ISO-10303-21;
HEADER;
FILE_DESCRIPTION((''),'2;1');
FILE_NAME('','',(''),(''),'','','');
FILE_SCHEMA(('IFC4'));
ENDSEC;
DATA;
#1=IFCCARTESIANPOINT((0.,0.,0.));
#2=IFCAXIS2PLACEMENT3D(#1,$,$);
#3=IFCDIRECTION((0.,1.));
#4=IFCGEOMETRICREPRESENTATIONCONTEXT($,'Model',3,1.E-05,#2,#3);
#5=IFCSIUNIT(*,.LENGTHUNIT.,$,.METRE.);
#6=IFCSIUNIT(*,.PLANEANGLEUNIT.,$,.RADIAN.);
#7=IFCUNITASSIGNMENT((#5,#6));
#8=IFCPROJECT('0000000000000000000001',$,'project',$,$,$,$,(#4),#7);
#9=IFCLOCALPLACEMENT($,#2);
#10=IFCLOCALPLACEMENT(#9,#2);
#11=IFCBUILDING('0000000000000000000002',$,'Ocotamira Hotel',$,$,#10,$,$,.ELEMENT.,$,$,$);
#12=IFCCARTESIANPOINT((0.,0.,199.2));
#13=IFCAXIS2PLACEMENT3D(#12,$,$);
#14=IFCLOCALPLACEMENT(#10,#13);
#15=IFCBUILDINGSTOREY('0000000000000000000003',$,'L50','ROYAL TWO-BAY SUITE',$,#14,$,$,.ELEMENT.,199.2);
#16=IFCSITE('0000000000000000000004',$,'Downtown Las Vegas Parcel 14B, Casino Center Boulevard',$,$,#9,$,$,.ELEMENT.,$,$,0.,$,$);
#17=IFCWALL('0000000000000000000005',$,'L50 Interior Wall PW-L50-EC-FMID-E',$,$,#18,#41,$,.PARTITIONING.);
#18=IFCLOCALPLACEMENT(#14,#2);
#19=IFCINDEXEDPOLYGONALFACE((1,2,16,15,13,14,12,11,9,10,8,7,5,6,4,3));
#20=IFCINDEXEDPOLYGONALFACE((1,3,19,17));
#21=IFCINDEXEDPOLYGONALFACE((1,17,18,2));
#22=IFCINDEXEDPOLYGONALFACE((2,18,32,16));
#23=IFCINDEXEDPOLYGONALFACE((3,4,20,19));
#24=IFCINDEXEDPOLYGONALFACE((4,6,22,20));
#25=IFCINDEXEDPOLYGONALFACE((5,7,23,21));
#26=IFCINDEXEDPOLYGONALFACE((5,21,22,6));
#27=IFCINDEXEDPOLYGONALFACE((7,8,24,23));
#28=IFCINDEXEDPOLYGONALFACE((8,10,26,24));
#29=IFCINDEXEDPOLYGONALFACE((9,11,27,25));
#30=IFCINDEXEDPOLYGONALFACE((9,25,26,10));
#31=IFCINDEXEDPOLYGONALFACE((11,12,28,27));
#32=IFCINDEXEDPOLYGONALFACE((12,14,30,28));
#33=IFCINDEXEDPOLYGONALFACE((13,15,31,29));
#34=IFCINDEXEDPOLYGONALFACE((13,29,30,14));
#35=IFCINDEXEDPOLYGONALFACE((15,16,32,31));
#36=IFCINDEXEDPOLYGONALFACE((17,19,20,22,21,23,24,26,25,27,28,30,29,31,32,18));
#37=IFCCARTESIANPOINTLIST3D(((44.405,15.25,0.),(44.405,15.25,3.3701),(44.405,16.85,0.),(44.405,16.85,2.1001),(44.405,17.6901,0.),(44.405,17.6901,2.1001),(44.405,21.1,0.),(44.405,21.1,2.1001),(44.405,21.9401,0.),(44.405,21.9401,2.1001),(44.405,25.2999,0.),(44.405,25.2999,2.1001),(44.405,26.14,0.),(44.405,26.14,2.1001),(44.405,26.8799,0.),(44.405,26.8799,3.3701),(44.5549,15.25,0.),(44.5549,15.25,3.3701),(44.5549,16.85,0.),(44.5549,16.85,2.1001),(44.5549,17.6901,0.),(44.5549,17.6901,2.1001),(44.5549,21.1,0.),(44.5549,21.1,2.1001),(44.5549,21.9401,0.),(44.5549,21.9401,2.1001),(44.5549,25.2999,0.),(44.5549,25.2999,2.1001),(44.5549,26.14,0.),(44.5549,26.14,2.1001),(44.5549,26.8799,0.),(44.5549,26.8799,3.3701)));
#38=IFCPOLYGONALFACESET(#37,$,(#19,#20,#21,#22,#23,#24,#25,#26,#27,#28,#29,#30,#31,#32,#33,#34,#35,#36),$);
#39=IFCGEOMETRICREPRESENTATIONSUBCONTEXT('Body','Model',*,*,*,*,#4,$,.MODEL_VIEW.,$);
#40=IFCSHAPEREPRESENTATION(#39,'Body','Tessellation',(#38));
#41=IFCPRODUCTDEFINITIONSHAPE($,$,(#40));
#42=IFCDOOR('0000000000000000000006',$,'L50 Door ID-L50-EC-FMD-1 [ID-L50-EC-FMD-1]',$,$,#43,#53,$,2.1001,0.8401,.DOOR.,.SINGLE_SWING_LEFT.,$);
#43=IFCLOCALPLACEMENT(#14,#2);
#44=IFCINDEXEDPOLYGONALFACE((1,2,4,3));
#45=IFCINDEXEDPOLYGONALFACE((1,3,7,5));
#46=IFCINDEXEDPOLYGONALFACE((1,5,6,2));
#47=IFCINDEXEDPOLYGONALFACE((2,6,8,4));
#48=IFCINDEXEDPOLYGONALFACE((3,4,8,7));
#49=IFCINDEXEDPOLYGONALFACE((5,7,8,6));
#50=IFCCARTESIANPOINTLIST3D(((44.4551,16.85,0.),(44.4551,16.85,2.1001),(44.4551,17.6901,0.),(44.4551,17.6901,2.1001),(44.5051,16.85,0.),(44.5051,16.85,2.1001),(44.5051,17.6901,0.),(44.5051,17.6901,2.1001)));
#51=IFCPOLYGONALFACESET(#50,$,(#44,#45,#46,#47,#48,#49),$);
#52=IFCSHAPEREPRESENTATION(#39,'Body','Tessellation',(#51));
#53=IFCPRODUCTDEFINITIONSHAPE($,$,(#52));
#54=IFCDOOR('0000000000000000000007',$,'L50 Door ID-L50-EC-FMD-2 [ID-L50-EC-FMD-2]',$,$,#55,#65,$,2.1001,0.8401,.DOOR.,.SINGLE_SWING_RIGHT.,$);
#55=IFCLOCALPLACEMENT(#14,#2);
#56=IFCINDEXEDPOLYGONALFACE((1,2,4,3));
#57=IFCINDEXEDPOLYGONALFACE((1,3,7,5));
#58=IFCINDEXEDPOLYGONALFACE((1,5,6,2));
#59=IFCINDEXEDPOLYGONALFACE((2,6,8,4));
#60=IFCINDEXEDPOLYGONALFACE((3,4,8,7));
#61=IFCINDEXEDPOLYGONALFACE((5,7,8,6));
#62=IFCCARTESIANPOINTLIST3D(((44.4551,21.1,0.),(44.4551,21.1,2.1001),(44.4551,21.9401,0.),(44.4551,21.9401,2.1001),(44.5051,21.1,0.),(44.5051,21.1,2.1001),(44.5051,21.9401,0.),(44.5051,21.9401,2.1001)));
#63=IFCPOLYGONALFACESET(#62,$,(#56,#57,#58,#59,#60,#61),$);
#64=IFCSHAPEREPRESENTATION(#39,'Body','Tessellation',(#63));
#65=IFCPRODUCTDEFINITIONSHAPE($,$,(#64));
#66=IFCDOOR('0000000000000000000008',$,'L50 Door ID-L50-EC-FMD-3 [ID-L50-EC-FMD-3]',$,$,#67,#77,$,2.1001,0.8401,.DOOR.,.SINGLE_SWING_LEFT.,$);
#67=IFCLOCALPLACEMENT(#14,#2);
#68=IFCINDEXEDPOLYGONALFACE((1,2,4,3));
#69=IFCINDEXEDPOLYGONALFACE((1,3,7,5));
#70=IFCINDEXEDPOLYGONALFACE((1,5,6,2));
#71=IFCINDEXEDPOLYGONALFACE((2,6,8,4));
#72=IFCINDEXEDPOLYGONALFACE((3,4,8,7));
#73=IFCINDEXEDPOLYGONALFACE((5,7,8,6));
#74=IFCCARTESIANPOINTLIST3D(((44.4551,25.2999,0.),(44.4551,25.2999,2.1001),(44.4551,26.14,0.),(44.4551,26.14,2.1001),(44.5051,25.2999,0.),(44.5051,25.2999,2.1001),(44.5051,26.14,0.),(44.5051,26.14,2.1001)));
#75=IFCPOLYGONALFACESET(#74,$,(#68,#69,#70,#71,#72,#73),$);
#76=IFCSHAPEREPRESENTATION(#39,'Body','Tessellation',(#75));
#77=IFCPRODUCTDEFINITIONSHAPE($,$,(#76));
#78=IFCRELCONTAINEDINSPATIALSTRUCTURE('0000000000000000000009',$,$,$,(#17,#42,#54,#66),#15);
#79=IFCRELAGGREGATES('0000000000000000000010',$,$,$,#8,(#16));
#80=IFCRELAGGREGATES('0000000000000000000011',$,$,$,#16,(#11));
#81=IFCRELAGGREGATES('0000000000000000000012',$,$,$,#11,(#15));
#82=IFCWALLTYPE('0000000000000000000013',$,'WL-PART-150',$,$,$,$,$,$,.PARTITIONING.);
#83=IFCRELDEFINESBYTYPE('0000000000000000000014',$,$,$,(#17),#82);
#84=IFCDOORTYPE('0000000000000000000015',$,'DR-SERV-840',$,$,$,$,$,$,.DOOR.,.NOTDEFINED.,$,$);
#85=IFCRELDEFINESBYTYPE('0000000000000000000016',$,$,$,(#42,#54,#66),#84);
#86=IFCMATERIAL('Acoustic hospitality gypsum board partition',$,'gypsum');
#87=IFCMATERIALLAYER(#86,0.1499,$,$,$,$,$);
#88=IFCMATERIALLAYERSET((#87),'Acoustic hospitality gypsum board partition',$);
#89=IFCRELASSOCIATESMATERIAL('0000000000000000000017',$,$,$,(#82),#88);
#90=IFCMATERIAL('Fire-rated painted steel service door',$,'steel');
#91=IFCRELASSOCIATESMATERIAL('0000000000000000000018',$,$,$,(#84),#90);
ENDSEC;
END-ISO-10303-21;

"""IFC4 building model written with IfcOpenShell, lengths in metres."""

from ifc_helpers import new_model, si_unit, direction, frame, frame_2d, origin, place, context, subcontext, project, spatial, rectangle, extrude, source, transform, mapped, material, layer, layer_set, type_object, element, fill, save


model = new_model("IFC4")

# Units and contexts
model_context = context("Model", 3, precision=1e-05, world=origin(), true_north=direction((0.0, 1.0)))
body_context = subcontext(model_context, "Body", "Model", "MODEL_VIEW")
ifc_project = project(units=[si_unit("LENGTHUNIT", "METRE"), si_unit("PLANEANGLEUNIT", "RADIAN")], contexts=[model_context])

# Site, building, storey
site_placement = place(None, origin())
site = spatial("IfcSite", under=ifc_project, at=site_placement, Name="Downtown Las Vegas Parcel 14B, Casino Center Boulevard", CompositionType="ELEMENT", RefElevation=0.0)
building_placement = place(site_placement, origin())
building = spatial("IfcBuilding", under=site, at=building_placement, Name="Ocotamira Hotel", CompositionType="ELEMENT")
storey_placement = place(building_placement, frame((0.0, 0.0, 199.2)))
storey = spatial("IfcBuildingStorey", under=building, at=storey_placement, Name="L50", Description="ROYAL TWO-BAY SUITE", CompositionType="ELEMENT", Elevation=199.2)

# Shared definitions
ifc_material_1 = material(Name="Acoustic hospitality gypsum board partition", Category="gypsum")
ifc_layer_1 = layer(ifc_material_1, 0.1499)
ifc_layer_set_1 = layer_set([ifc_layer_1], Name="Acoustic hospitality gypsum board partition")
wall_type_1 = type_object("IfcWallType", Name="WL-PART-150", PredefinedType="PARTITIONING", material=ifc_layer_set_1)

# Wall, openings, doors
wall_1_placement = place(storey_placement, frame((44.48, 15.25, 0.0), z_axis=(0.0, 0.0, 1.0), x_axis=(0.0, 1.0, 0.0)))
wall_1 = element("IfcWall", 1, at=wall_1_placement, inside=storey, type_object=wall_type_1, Name="L50 Interior Wall PW-L50-EC-FMID-E", PredefinedType="PARTITIONING", context=body_context, shape_type="SweptSolid", body=[
    extrude(rectangle(XDim=11.6299, YDim=0.1499, at=frame_2d((5.8149, 0.0))), origin(), (0.0, 0.0, 1.0), 3.3701),
])
opening_1_placement = place(wall_1_placement, frame((1.6001, 0.0, 0.0)))
opening_1 = element("IfcOpeningElement", 2, at=opening_1_placement, cuts=wall_1, PredefinedType="OPENING", context=body_context, shape_type="SweptSolid", body=[
    extrude(rectangle(XDim=0.8401, YDim=2.1001, at=frame_2d((0.4199, 1.05))), frame((0.0, 0.085, 0.0), z_axis=(0.0, -1.0, 0.0), x_axis=(1.0, 0.0, 0.0)), (0.0, 0.0, 1.0), 0.1699),
])
opening_2_placement = place(wall_1_placement, frame((5.8501, 0.0, 0.0)))
opening_2 = element("IfcOpeningElement", 3, at=opening_2_placement, cuts=wall_1, PredefinedType="OPENING", context=body_context, shape_type="SweptSolid", body=[
    extrude(rectangle(XDim=0.8401, YDim=2.1001, at=frame_2d((0.4199, 1.05))), frame((0.0, 0.085, 0.0), z_axis=(0.0, -1.0, 0.0), x_axis=(1.0, 0.0, 0.0)), (0.0, 0.0, 1.0), 0.1699),
])
opening_3_placement = place(wall_1_placement, frame((10.05, 0.0, 0.0)))
opening_3 = element("IfcOpeningElement", 4, at=opening_3_placement, cuts=wall_1, PredefinedType="OPENING", context=body_context, shape_type="SweptSolid", body=[
    extrude(rectangle(XDim=0.8401, YDim=2.1001, at=frame_2d((0.4199, 1.05))), frame((0.0, 0.085, 0.0), z_axis=(0.0, -1.0, 0.0), x_axis=(1.0, 0.0, 0.0)), (0.0, 0.0, 1.0), 0.1699),
])
ifc_material_2 = material(Name="Fire-rated painted steel service door", Category="steel")
door_type_1 = type_object("IfcDoorType", Name="DR-SERV-840", OperationType="NOTDEFINED", PredefinedType="DOOR", material=ifc_material_2)
shared_shape_1 = source(origin(), body_context, "Body", "SweptSolid", [
    extrude(rectangle(XDim=0.8401, YDim=2.1001, at=frame_2d((0.4199, 1.05))), frame((0.0, 0.0249, 0.0), z_axis=(0.0, -1.0, 0.0), x_axis=(1.0, 0.0, 0.0)), (0.0, 0.0, 1.0), 0.05),
])
door_1_placement = place(opening_1_placement, origin())
door_1 = element("IfcDoor", 5, at=door_1_placement, inside=storey, type_object=door_type_1, Name="L50 Door ID-L50-EC-FMD-1 [ID-L50-EC-FMD-1]", OperationType="SINGLE_SWING_LEFT", OverallHeight=2.1001, OverallWidth=0.8401, PredefinedType="DOOR", context=body_context, shape_type="MappedRepresentation", body=[
    mapped(shared_shape_1, transform((0.0, 0.0, 0.0), scale=1.0)),
])
fill(opening_1, door_1)
door_2_placement = place(opening_2_placement, origin())
door_2 = element("IfcDoor", 6, at=door_2_placement, inside=storey, type_object=door_type_1, Name="L50 Door ID-L50-EC-FMD-2 [ID-L50-EC-FMD-2]", OperationType="SINGLE_SWING_RIGHT", OverallHeight=2.1001, OverallWidth=0.8401, PredefinedType="DOOR", context=body_context, shape_type="MappedRepresentation", body=[
    mapped(shared_shape_1, transform((0.0, 0.0, 0.0), scale=1.0)),
])
fill(opening_2, door_2)
door_3_placement = place(opening_3_placement, origin())
door_3 = element("IfcDoor", 7, at=door_3_placement, inside=storey, type_object=door_type_1, Name="L50 Door ID-L50-EC-FMD-3 [ID-L50-EC-FMD-3]", OperationType="SINGLE_SWING_LEFT", OverallHeight=2.1001, OverallWidth=0.8401, PredefinedType="DOOR", context=body_context, shape_type="MappedRepresentation", body=[
    mapped(shared_shape_1, transform((0.0, 0.0, 0.0), scale=1.0)),
])
fill(opening_3, door_3)

save(model, "model.ifc")
